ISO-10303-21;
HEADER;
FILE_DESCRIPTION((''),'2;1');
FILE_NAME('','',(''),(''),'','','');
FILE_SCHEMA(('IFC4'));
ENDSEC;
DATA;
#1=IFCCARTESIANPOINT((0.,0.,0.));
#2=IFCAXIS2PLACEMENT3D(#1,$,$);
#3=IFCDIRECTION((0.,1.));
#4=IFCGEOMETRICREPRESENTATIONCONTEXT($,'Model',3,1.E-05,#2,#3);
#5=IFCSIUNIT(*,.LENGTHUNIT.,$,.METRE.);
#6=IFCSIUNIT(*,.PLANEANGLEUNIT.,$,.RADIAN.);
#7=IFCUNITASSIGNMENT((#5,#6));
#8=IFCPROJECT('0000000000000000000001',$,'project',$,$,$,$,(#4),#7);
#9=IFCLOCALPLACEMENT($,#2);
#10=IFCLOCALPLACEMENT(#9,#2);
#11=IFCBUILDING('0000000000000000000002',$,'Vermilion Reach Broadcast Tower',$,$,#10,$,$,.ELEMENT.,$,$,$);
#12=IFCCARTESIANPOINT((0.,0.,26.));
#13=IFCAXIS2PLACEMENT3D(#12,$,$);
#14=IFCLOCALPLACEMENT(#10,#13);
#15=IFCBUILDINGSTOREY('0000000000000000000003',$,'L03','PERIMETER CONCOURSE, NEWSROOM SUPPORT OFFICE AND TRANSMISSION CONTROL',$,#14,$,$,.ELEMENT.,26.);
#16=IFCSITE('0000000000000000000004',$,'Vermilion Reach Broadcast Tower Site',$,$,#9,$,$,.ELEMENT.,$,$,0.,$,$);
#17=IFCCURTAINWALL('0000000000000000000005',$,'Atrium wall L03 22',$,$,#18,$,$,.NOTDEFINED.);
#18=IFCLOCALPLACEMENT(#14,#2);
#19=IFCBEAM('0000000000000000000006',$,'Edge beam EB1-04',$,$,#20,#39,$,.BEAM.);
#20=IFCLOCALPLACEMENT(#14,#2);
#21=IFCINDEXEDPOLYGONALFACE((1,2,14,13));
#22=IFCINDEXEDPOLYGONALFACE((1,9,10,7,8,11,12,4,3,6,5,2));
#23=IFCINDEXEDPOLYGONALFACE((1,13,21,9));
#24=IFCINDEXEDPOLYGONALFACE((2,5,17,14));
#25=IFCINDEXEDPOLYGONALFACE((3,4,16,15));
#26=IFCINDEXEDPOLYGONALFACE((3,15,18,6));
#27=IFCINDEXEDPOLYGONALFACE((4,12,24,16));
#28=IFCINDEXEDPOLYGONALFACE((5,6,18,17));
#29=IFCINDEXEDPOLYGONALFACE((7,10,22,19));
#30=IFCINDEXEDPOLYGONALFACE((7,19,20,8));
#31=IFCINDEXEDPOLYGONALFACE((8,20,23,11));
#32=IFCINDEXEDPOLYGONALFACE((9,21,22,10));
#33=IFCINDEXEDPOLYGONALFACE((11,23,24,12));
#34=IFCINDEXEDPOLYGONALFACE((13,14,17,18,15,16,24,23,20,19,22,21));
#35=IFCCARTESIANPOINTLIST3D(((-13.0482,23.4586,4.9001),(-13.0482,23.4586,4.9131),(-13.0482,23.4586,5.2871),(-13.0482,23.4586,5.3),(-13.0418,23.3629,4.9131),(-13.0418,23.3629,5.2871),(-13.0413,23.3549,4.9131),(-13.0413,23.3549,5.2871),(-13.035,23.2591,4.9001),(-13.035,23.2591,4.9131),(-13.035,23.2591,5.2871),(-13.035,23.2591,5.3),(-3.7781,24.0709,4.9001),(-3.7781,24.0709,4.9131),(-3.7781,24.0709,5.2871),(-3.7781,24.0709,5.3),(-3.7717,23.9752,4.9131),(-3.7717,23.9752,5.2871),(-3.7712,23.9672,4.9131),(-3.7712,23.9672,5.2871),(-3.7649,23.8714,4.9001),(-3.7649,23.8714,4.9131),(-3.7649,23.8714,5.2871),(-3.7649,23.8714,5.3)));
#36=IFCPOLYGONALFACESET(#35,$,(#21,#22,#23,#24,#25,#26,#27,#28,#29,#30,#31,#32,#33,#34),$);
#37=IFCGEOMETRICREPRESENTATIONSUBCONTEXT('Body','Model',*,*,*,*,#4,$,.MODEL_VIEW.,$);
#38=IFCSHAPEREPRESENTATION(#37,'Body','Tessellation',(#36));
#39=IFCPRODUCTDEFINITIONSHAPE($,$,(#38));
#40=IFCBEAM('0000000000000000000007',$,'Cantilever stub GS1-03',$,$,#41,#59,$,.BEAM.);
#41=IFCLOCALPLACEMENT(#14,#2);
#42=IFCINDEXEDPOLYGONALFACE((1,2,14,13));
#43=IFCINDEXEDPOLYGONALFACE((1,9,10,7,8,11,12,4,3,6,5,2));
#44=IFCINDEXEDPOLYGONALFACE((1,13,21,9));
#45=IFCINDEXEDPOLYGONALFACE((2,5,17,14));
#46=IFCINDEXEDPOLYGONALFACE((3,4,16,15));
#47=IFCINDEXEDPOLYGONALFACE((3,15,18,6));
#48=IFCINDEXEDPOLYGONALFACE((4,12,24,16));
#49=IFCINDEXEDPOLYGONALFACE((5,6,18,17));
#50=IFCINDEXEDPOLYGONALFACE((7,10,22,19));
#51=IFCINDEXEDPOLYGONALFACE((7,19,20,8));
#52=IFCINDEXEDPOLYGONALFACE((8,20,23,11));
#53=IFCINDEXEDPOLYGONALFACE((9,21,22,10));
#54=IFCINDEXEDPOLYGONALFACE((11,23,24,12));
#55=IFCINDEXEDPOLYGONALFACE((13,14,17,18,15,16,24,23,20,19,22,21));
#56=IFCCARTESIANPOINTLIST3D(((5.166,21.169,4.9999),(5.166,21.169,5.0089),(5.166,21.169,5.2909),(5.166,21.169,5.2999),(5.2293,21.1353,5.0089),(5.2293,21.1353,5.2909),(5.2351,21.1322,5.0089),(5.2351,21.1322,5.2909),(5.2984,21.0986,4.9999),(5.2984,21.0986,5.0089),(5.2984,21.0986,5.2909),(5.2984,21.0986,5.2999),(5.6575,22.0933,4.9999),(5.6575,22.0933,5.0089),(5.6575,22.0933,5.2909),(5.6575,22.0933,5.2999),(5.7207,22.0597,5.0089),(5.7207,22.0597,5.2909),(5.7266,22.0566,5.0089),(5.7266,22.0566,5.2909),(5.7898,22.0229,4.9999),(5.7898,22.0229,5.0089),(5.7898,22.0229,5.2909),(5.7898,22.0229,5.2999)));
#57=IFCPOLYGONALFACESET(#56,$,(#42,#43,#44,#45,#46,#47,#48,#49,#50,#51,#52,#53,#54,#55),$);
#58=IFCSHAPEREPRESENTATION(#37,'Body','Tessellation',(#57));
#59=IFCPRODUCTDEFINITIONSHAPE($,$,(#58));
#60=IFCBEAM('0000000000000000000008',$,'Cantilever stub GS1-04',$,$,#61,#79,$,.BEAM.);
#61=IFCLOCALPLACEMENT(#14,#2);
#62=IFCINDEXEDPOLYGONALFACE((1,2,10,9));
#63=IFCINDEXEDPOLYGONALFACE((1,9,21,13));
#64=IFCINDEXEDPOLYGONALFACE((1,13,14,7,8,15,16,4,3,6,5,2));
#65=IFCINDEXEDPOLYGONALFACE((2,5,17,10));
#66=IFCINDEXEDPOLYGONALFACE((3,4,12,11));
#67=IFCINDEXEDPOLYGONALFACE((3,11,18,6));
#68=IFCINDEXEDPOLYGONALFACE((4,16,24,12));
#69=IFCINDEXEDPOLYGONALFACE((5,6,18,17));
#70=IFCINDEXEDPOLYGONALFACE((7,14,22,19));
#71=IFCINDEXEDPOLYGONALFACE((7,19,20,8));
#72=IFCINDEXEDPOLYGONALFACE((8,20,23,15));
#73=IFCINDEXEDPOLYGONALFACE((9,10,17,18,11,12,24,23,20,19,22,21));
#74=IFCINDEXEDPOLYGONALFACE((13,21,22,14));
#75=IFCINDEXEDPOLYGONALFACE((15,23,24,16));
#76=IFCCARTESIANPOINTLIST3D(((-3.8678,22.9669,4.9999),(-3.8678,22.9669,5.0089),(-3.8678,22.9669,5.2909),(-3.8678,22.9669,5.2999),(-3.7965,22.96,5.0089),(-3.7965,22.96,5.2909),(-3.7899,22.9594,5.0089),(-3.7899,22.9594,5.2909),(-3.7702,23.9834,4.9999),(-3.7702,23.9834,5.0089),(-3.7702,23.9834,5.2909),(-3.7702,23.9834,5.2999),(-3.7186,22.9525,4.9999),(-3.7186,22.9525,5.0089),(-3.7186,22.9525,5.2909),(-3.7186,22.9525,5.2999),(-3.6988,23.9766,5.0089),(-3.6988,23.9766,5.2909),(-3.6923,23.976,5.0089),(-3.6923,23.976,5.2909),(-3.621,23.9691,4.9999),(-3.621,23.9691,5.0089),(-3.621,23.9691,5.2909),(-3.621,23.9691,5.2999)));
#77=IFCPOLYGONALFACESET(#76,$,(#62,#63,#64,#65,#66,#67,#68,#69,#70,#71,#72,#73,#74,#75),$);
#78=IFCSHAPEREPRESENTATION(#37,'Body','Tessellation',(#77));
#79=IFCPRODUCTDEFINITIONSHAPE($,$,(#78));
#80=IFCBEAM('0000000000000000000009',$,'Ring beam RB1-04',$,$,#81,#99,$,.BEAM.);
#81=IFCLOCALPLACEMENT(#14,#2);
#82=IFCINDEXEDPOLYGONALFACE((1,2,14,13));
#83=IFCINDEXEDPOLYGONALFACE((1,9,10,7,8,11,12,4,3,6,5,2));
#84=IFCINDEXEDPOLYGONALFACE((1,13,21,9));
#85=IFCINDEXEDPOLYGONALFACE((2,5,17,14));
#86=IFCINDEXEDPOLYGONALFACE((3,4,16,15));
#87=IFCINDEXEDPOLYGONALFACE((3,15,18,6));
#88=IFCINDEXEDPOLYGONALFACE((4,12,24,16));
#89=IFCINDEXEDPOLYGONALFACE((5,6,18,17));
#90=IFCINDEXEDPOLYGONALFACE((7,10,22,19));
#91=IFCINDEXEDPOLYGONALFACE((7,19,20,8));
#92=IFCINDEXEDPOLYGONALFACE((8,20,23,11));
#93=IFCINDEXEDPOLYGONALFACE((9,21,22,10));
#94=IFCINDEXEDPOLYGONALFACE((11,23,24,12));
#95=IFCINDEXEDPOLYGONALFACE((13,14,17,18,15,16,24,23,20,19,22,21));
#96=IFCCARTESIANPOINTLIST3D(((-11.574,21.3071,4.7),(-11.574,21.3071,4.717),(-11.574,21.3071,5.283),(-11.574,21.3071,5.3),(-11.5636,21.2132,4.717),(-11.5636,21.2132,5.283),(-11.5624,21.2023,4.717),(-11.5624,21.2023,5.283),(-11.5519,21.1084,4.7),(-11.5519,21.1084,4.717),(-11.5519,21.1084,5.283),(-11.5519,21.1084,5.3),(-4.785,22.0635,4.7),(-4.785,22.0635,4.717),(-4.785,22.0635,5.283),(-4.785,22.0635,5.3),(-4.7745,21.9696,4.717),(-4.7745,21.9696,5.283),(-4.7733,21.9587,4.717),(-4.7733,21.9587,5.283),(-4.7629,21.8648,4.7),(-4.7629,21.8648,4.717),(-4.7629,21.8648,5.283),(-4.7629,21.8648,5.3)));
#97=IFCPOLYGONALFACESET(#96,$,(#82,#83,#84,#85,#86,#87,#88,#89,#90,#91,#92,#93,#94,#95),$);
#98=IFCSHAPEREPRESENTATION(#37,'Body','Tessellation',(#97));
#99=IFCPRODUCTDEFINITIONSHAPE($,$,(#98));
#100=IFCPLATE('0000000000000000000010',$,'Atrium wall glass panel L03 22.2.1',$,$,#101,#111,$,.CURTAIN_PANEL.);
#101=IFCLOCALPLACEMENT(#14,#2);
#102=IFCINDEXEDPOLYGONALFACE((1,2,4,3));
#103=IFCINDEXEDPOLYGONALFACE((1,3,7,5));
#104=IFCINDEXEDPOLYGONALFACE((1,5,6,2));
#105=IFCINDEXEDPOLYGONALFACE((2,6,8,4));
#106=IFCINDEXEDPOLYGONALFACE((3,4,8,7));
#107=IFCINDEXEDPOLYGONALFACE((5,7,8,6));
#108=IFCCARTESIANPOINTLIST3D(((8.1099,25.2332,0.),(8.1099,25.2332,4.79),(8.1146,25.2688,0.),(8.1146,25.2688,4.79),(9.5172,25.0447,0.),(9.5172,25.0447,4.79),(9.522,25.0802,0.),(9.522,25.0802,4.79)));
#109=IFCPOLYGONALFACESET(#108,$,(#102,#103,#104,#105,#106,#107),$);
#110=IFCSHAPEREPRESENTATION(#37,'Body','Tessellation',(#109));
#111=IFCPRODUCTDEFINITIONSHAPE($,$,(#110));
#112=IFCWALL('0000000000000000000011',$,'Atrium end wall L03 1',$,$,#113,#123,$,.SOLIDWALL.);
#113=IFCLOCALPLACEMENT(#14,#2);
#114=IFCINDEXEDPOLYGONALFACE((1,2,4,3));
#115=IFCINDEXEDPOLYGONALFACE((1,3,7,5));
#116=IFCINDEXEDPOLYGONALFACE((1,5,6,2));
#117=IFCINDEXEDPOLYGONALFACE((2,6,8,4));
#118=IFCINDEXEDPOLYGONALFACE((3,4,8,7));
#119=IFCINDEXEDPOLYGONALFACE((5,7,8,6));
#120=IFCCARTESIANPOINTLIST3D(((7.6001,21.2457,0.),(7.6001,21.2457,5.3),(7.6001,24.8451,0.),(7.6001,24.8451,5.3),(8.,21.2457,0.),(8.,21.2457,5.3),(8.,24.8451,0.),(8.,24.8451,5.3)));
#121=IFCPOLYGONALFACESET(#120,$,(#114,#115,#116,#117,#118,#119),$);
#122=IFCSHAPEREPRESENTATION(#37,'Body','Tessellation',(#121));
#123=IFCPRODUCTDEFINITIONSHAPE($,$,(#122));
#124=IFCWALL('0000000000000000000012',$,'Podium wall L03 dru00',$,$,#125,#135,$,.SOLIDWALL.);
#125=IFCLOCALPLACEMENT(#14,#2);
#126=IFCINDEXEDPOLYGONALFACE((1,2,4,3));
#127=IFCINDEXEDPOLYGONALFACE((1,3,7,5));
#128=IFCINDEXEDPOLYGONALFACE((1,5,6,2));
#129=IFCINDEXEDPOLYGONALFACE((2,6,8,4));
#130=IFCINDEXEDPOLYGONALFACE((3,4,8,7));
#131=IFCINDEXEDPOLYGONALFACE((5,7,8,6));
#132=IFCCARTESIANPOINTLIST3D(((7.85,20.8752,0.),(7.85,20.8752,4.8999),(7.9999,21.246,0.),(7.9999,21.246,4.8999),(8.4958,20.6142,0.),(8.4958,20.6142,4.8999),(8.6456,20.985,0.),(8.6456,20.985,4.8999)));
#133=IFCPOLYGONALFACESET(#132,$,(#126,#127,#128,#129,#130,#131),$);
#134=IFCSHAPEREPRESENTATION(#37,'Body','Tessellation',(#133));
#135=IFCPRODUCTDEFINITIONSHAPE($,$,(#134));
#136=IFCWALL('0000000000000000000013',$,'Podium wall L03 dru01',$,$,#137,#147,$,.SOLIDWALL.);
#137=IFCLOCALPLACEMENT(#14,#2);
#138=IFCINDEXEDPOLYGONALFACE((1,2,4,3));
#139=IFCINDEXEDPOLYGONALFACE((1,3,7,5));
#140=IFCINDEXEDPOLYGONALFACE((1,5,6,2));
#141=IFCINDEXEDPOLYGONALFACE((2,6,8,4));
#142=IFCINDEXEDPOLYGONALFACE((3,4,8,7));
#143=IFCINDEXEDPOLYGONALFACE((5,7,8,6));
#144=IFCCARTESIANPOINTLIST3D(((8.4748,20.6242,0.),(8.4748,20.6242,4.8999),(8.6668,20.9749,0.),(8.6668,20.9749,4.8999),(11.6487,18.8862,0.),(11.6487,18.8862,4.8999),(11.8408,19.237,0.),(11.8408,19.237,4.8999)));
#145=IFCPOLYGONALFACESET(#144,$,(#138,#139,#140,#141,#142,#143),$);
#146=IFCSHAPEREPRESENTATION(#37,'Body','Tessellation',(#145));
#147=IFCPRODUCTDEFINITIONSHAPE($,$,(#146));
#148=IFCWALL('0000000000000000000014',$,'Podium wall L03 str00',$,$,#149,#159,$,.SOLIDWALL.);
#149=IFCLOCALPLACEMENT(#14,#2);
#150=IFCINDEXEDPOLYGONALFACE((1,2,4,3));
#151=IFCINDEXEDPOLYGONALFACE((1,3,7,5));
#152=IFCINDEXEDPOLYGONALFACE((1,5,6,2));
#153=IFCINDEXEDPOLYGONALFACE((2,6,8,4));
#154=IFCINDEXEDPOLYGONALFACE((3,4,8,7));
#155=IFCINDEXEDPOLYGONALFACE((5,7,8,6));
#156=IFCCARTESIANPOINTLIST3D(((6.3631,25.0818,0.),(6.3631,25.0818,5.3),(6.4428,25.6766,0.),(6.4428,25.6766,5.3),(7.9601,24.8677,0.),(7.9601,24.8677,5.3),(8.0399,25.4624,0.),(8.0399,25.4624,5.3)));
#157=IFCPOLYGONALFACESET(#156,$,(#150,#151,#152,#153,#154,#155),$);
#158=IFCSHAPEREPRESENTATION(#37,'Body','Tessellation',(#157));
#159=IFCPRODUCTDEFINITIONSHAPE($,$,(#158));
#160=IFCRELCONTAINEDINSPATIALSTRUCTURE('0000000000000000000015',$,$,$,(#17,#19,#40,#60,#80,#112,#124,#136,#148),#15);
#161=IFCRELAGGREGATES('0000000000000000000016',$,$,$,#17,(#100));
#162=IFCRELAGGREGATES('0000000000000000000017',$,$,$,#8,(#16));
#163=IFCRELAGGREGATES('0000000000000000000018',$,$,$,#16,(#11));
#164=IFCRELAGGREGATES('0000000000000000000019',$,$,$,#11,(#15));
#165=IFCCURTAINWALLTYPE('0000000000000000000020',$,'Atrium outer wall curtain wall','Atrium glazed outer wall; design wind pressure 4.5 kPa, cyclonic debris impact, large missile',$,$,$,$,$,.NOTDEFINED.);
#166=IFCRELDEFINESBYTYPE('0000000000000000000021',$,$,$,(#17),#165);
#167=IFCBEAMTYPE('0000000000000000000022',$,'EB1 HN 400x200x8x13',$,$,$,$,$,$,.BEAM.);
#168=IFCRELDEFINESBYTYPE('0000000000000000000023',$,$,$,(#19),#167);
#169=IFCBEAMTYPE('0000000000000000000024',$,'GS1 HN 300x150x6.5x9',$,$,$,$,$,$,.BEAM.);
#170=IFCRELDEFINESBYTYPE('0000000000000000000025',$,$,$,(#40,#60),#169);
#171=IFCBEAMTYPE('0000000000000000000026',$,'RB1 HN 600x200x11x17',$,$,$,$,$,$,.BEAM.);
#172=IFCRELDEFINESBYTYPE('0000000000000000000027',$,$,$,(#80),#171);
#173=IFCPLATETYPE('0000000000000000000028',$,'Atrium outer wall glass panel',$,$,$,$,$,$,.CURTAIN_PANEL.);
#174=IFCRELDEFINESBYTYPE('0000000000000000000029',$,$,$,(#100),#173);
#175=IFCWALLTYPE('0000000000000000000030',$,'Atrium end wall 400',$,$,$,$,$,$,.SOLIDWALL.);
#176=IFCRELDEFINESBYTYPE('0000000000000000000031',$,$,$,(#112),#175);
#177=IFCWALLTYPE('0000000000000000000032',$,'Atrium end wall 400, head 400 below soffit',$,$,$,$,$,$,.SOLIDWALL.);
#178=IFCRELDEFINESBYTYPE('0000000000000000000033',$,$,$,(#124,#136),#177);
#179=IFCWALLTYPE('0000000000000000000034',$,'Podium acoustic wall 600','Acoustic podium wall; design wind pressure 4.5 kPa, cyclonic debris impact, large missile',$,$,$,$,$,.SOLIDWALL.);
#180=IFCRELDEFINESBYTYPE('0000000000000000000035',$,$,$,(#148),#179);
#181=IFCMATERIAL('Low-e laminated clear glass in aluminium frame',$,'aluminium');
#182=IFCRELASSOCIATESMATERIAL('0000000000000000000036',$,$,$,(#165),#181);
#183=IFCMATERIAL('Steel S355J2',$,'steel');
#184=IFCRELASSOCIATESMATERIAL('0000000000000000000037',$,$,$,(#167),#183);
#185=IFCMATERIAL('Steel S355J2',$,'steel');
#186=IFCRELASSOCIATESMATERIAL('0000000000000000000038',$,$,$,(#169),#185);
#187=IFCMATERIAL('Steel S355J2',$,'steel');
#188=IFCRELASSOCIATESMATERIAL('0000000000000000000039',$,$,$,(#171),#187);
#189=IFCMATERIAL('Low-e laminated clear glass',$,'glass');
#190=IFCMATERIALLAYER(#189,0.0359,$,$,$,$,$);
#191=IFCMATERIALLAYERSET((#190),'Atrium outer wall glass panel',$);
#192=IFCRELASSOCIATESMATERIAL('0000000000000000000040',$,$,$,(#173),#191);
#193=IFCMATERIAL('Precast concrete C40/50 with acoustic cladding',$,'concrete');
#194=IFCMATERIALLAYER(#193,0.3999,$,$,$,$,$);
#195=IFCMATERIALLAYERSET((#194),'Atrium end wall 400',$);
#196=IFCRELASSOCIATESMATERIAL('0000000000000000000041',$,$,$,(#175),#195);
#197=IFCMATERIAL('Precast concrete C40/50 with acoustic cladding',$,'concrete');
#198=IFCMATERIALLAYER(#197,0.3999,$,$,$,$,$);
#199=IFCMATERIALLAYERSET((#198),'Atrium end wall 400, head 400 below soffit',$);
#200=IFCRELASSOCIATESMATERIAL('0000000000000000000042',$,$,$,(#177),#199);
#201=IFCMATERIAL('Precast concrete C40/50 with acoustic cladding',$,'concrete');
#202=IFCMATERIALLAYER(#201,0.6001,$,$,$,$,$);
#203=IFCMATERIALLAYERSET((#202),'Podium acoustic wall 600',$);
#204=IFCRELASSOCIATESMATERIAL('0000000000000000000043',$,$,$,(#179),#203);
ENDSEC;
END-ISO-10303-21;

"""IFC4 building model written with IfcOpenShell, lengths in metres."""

from ifc_helpers import new_model, si_unit, direction, frame, frame_2d, origin, origin_2d, place, context, subcontext, project, spatial, rectangle, i_section, extrude, material, layer, layer_set, material_profile, profile_set, type_object, element, aggregate, save


model = new_model("IFC4")

# Units and contexts
model_context = context("Model", 3, precision=1e-05, world=origin(), true_north=direction((0.0, 1.0)))
body_context = subcontext(model_context, "Body", "Model", "MODEL_VIEW")
ifc_project = project(units=[si_unit("LENGTHUNIT", "METRE"), si_unit("PLANEANGLEUNIT", "RADIAN")], contexts=[model_context])

# Site, building, storey
site_placement = place(None, origin())
site = spatial("IfcSite", under=ifc_project, at=site_placement, Name="Vermilion Reach Broadcast Tower Site", CompositionType="ELEMENT", RefElevation=0.0)
building_placement = place(site_placement, origin())
building = spatial("IfcBuilding", under=site, at=building_placement, Name="Vermilion Reach Broadcast Tower", CompositionType="ELEMENT")
storey_placement = place(building_placement, frame((0.0, 0.0, 26.0)))
storey = spatial("IfcBuildingStorey", under=building, at=storey_placement, Name="L03", Description="PERIMETER CONCOURSE, NEWSROOM SUPPORT OFFICE AND TRANSMISSION CONTROL", CompositionType="ELEMENT", Elevation=26.0)

# Curtain wall
ifc_material_1 = material(Name="Low-e laminated clear glass in aluminium frame", Category="aluminium")
curtain_wall_type = type_object("IfcCurtainWallType", Name="Atrium outer wall curtain wall", Description="Atrium glazed outer wall; design wind pressure 4.5 kPa, cyclonic debris impact, large missile", PredefinedType="NOTDEFINED", material=ifc_material_1)
curtain_wall_placement = place(storey_placement, origin())
curtain_wall = element("IfcCurtainWall", 1, at=curtain_wall_placement, inside=storey, type_object=curtain_wall_type, Name="Atrium wall L03 22", PredefinedType="NOTDEFINED")

# Beams
ifc_material_2 = material(Name="Steel S355J2", Category="steel")
ifc_material_profile_1 = material_profile(ifc_material_2, i_section(OverallWidth=0.2, OverallDepth=0.3999, WebThickness=0.0081, FlangeThickness=0.0129, at=origin_2d()), Name="S355J2 HN 400x200x8x13")
ifc_profile_set_1 = profile_set([ifc_material_profile_1], Name="Steel S355J2")
beam_type_1 = type_object("IfcBeamType", Name="EB1 HN 400x200x8x13", PredefinedType="BEAM", material=ifc_profile_set_1)
beam_1_placement = place(storey_placement, frame((-3.7715, 23.9712, 5.1001), z_axis=(-0.997826, -0.065909, 0.0), x_axis=(0.065909, -0.997826, 0.0)))
element("IfcBeam", 2, at=beam_1_placement, inside=storey, type_object=beam_type_1, Name="Edge beam EB1-04", PredefinedType="BEAM", context=body_context, shape_type="SweptSolid", body=[
    extrude(i_section(OverallWidth=0.2, OverallDepth=0.3999, WebThickness=0.0081, FlangeThickness=0.0129, at=origin_2d()), origin(), (0.0, 0.0, 1.0), 9.2903),
])
ifc_material_3 = material(Name="Steel S355J2", Category="steel")
ifc_material_profile_2 = material_profile(ifc_material_3, i_section(OverallWidth=0.1499, OverallDepth=0.3, WebThickness=0.0066, FlangeThickness=0.009, at=origin_2d()), Name="S355J2 HN 300x150x6.5x9")
ifc_profile_set_2 = profile_set([ifc_material_profile_2], Name="Steel S355J2")
beam_type_2 = type_object("IfcBeamType", Name="GS1 HN 300x150x6.5x9", PredefinedType="BEAM", material=ifc_profile_set_2)
beam_2_placement = place(storey_placement, frame((5.2322, 21.1338, 5.1499), z_axis=(0.469462, 0.882953, 0.0), x_axis=(-0.882953, 0.469462, 0.0)))
element("IfcBeam", 3, at=beam_2_placement, inside=storey, type_object=beam_type_2, Name="Cantilever stub GS1-03", PredefinedType="BEAM", context=body_context, shape_type="SweptSolid", body=[
    extrude(i_section(OverallWidth=0.1499, OverallDepth=0.3, WebThickness=0.0066, FlangeThickness=0.009, at=origin_2d()), origin(), (0.0, 0.0, 1.0), 1.0469),
])
beam_3_placement = place(storey_placement, frame((-3.7932, 22.9597, 5.1499), z_axis=(0.095621, 0.995418, 0.0), x_axis=(-0.995418, 0.095621, 0.0)))
element("IfcBeam", 4, at=beam_3_placement, inside=storey, type_object=beam_type_2, Name="Cantilever stub GS1-04", PredefinedType="BEAM", context=body_context, shape_type="SweptSolid", body=[
    extrude(i_section(OverallWidth=0.1499, OverallDepth=0.3, WebThickness=0.0066, FlangeThickness=0.009, at=origin_2d()), origin(), (0.0, 0.0, 1.0), 1.0212),
])
ifc_material_4 = material(Name="Steel S355J2", Category="steel")
ifc_material_profile_3 = material_profile(ifc_material_4, i_section(OverallWidth=0.2, OverallDepth=0.6001, WebThickness=0.011, FlangeThickness=0.0171, at=origin_2d()), Name="S355J2 HN 600x200x11x17")
ifc_profile_set_3 = profile_set([ifc_material_profile_3], Name="Steel S355J2")
beam_type_3 = type_object("IfcBeamType", Name="RB1 HN 600x200x11x17", PredefinedType="BEAM", material=ifc_profile_set_3)
beam_4_placement = place(storey_placement, frame((-4.7739, 21.9641, 5.0), z_axis=(-0.993851, -0.110722, 0.0), x_axis=(0.110722, -0.993851, 0.0)))
element("IfcBeam", 5, at=beam_4_placement, inside=storey, type_object=beam_type_3, Name="Ring beam RB1-04", PredefinedType="BEAM", context=body_context, shape_type="SweptSolid", body=[
    extrude(i_section(OverallWidth=0.2, OverallDepth=0.6001, WebThickness=0.011, FlangeThickness=0.0171, at=origin_2d()), origin(), (0.0, 0.0, 1.0), 6.8311),
])

# Plate
ifc_material_5 = material(Name="Low-e laminated clear glass", Category="glass")
ifc_layer_1 = layer(ifc_material_5, 0.0359)
ifc_layer_set_1 = layer_set([ifc_layer_1], Name="Atrium outer wall glass panel")
plate_type = type_object("IfcPlateType", Name="Atrium outer wall glass panel", PredefinedType="CURTAIN_PANEL", material=ifc_layer_set_1)
plate_placement = place(storey_placement, frame((8.8159, 25.1567, 0.0), z_axis=(0.0, 0.0, 1.0), x_axis=(-0.991144, 0.132794, 0.0)))
plate = element("IfcPlate", 6, at=plate_placement, type_object=plate_type, Name="Atrium wall glass panel L03 22.2.1", PredefinedType="CURTAIN_PANEL", context=body_context, shape_type="SweptSolid", body=[
    extrude(rectangle(XDim=1.4199, YDim=0.0359, at=origin_2d()), origin(), (0.0, 0.0, 1.0), 4.79),
])
aggregate(curtain_wall, [plate])

# Walls
ifc_material_6 = material(Name="Precast concrete C40/50 with acoustic cladding", Category="concrete")
ifc_layer_2 = layer(ifc_material_6, 0.3999)
ifc_layer_set_2 = layer_set([ifc_layer_2], Name="Atrium end wall 400")
wall_type_1 = type_object("IfcWallType", Name="Atrium end wall 400", PredefinedType="SOLIDWALL", material=ifc_layer_set_2)
wall_1_placement = place(storey_placement, frame((7.8, 24.8452, 0.0), z_axis=(0.0, 0.0, 1.0), x_axis=(0.0, -1.0, 0.0)))
element("IfcWall", 7, at=wall_1_placement, inside=storey, type_object=wall_type_1, Name="Atrium end wall L03 1", PredefinedType="SOLIDWALL", context=body_context, shape_type="SweptSolid", body=[
    extrude(rectangle(XDim=3.5994, YDim=0.3999, at=frame_2d((1.7998, 0.0))), origin(), (0.0, 0.0, 1.0), 5.3),
])
ifc_material_7 = material(Name="Precast concrete C40/50 with acoustic cladding", Category="concrete")
ifc_layer_3 = layer(ifc_material_7, 0.3999)
ifc_layer_set_3 = layer_set([ifc_layer_3], Name="Atrium end wall 400, head 400 below soffit")
wall_type_2 = type_object("IfcWallType", Name="Atrium end wall 400, head 400 below soffit", PredefinedType="SOLIDWALL", material=ifc_layer_set_3)
wall_2_placement = place(storey_placement, frame((7.925, 21.0605, 0.0), z_axis=(0.0, 0.0, 1.0), x_axis=(0.927141, -0.374712, 0.0)))
element("IfcWall", 8, at=wall_2_placement, inside=storey, type_object=wall_type_2, Name="Podium wall L03 dru00", PredefinedType="SOLIDWALL", context=body_context, shape_type="SweptSolid", body=[
    extrude(rectangle(XDim=0.6965, YDim=0.3999, at=frame_2d((0.3481, 0.0))), origin(), (0.0, 0.0, 1.0), 4.8999),
])
wall_3_placement = place(storey_placement, frame((8.5708, 20.7996, 0.0), z_axis=(0.0, 0.0, 1.0), x_axis=(0.877113, -0.480284, 0.0)))
element("IfcWall", 9, at=wall_3_placement, inside=storey, type_object=wall_type_2, Name="Podium wall L03 dru01", PredefinedType="SOLIDWALL", context=body_context, shape_type="SweptSolid", body=[
    extrude(rectangle(XDim=3.6187, YDim=0.3999, at=frame_2d((1.8093, 0.0))), origin(), (0.0, 0.0, 1.0), 4.8999),
])
ifc_material_8 = material(Name="Precast concrete C40/50 with acoustic cladding", Category="concrete")
ifc_layer_4 = layer(ifc_material_8, 0.6001)
ifc_layer_set_4 = layer_set([ifc_layer_4], Name="Podium acoustic wall 600")
wall_type_3 = type_object("IfcWallType", Name="Podium acoustic wall 600", Description="Acoustic podium wall; design wind pressure 4.5 kPa, cyclonic debris impact, large missile", PredefinedType="SOLIDWALL", material=ifc_layer_set_4)
wall_4_placement = place(storey_placement, frame((8.0, 25.165, 0.0), z_axis=(0.0, 0.0, 1.0), x_axis=(-0.991131, 0.132888, 0.0)))
element("IfcWall", 10, at=wall_4_placement, inside=storey, type_object=wall_type_3, Name="Podium wall L03 str00", PredefinedType="SOLIDWALL", context=body_context, shape_type="SweptSolid", body=[
    extrude(rectangle(XDim=1.6113, YDim=0.6001, at=frame_2d((0.8057, 0.0))), origin(), (0.0, 0.0, 1.0), 5.3),
])

save(model, "model.ifc")
